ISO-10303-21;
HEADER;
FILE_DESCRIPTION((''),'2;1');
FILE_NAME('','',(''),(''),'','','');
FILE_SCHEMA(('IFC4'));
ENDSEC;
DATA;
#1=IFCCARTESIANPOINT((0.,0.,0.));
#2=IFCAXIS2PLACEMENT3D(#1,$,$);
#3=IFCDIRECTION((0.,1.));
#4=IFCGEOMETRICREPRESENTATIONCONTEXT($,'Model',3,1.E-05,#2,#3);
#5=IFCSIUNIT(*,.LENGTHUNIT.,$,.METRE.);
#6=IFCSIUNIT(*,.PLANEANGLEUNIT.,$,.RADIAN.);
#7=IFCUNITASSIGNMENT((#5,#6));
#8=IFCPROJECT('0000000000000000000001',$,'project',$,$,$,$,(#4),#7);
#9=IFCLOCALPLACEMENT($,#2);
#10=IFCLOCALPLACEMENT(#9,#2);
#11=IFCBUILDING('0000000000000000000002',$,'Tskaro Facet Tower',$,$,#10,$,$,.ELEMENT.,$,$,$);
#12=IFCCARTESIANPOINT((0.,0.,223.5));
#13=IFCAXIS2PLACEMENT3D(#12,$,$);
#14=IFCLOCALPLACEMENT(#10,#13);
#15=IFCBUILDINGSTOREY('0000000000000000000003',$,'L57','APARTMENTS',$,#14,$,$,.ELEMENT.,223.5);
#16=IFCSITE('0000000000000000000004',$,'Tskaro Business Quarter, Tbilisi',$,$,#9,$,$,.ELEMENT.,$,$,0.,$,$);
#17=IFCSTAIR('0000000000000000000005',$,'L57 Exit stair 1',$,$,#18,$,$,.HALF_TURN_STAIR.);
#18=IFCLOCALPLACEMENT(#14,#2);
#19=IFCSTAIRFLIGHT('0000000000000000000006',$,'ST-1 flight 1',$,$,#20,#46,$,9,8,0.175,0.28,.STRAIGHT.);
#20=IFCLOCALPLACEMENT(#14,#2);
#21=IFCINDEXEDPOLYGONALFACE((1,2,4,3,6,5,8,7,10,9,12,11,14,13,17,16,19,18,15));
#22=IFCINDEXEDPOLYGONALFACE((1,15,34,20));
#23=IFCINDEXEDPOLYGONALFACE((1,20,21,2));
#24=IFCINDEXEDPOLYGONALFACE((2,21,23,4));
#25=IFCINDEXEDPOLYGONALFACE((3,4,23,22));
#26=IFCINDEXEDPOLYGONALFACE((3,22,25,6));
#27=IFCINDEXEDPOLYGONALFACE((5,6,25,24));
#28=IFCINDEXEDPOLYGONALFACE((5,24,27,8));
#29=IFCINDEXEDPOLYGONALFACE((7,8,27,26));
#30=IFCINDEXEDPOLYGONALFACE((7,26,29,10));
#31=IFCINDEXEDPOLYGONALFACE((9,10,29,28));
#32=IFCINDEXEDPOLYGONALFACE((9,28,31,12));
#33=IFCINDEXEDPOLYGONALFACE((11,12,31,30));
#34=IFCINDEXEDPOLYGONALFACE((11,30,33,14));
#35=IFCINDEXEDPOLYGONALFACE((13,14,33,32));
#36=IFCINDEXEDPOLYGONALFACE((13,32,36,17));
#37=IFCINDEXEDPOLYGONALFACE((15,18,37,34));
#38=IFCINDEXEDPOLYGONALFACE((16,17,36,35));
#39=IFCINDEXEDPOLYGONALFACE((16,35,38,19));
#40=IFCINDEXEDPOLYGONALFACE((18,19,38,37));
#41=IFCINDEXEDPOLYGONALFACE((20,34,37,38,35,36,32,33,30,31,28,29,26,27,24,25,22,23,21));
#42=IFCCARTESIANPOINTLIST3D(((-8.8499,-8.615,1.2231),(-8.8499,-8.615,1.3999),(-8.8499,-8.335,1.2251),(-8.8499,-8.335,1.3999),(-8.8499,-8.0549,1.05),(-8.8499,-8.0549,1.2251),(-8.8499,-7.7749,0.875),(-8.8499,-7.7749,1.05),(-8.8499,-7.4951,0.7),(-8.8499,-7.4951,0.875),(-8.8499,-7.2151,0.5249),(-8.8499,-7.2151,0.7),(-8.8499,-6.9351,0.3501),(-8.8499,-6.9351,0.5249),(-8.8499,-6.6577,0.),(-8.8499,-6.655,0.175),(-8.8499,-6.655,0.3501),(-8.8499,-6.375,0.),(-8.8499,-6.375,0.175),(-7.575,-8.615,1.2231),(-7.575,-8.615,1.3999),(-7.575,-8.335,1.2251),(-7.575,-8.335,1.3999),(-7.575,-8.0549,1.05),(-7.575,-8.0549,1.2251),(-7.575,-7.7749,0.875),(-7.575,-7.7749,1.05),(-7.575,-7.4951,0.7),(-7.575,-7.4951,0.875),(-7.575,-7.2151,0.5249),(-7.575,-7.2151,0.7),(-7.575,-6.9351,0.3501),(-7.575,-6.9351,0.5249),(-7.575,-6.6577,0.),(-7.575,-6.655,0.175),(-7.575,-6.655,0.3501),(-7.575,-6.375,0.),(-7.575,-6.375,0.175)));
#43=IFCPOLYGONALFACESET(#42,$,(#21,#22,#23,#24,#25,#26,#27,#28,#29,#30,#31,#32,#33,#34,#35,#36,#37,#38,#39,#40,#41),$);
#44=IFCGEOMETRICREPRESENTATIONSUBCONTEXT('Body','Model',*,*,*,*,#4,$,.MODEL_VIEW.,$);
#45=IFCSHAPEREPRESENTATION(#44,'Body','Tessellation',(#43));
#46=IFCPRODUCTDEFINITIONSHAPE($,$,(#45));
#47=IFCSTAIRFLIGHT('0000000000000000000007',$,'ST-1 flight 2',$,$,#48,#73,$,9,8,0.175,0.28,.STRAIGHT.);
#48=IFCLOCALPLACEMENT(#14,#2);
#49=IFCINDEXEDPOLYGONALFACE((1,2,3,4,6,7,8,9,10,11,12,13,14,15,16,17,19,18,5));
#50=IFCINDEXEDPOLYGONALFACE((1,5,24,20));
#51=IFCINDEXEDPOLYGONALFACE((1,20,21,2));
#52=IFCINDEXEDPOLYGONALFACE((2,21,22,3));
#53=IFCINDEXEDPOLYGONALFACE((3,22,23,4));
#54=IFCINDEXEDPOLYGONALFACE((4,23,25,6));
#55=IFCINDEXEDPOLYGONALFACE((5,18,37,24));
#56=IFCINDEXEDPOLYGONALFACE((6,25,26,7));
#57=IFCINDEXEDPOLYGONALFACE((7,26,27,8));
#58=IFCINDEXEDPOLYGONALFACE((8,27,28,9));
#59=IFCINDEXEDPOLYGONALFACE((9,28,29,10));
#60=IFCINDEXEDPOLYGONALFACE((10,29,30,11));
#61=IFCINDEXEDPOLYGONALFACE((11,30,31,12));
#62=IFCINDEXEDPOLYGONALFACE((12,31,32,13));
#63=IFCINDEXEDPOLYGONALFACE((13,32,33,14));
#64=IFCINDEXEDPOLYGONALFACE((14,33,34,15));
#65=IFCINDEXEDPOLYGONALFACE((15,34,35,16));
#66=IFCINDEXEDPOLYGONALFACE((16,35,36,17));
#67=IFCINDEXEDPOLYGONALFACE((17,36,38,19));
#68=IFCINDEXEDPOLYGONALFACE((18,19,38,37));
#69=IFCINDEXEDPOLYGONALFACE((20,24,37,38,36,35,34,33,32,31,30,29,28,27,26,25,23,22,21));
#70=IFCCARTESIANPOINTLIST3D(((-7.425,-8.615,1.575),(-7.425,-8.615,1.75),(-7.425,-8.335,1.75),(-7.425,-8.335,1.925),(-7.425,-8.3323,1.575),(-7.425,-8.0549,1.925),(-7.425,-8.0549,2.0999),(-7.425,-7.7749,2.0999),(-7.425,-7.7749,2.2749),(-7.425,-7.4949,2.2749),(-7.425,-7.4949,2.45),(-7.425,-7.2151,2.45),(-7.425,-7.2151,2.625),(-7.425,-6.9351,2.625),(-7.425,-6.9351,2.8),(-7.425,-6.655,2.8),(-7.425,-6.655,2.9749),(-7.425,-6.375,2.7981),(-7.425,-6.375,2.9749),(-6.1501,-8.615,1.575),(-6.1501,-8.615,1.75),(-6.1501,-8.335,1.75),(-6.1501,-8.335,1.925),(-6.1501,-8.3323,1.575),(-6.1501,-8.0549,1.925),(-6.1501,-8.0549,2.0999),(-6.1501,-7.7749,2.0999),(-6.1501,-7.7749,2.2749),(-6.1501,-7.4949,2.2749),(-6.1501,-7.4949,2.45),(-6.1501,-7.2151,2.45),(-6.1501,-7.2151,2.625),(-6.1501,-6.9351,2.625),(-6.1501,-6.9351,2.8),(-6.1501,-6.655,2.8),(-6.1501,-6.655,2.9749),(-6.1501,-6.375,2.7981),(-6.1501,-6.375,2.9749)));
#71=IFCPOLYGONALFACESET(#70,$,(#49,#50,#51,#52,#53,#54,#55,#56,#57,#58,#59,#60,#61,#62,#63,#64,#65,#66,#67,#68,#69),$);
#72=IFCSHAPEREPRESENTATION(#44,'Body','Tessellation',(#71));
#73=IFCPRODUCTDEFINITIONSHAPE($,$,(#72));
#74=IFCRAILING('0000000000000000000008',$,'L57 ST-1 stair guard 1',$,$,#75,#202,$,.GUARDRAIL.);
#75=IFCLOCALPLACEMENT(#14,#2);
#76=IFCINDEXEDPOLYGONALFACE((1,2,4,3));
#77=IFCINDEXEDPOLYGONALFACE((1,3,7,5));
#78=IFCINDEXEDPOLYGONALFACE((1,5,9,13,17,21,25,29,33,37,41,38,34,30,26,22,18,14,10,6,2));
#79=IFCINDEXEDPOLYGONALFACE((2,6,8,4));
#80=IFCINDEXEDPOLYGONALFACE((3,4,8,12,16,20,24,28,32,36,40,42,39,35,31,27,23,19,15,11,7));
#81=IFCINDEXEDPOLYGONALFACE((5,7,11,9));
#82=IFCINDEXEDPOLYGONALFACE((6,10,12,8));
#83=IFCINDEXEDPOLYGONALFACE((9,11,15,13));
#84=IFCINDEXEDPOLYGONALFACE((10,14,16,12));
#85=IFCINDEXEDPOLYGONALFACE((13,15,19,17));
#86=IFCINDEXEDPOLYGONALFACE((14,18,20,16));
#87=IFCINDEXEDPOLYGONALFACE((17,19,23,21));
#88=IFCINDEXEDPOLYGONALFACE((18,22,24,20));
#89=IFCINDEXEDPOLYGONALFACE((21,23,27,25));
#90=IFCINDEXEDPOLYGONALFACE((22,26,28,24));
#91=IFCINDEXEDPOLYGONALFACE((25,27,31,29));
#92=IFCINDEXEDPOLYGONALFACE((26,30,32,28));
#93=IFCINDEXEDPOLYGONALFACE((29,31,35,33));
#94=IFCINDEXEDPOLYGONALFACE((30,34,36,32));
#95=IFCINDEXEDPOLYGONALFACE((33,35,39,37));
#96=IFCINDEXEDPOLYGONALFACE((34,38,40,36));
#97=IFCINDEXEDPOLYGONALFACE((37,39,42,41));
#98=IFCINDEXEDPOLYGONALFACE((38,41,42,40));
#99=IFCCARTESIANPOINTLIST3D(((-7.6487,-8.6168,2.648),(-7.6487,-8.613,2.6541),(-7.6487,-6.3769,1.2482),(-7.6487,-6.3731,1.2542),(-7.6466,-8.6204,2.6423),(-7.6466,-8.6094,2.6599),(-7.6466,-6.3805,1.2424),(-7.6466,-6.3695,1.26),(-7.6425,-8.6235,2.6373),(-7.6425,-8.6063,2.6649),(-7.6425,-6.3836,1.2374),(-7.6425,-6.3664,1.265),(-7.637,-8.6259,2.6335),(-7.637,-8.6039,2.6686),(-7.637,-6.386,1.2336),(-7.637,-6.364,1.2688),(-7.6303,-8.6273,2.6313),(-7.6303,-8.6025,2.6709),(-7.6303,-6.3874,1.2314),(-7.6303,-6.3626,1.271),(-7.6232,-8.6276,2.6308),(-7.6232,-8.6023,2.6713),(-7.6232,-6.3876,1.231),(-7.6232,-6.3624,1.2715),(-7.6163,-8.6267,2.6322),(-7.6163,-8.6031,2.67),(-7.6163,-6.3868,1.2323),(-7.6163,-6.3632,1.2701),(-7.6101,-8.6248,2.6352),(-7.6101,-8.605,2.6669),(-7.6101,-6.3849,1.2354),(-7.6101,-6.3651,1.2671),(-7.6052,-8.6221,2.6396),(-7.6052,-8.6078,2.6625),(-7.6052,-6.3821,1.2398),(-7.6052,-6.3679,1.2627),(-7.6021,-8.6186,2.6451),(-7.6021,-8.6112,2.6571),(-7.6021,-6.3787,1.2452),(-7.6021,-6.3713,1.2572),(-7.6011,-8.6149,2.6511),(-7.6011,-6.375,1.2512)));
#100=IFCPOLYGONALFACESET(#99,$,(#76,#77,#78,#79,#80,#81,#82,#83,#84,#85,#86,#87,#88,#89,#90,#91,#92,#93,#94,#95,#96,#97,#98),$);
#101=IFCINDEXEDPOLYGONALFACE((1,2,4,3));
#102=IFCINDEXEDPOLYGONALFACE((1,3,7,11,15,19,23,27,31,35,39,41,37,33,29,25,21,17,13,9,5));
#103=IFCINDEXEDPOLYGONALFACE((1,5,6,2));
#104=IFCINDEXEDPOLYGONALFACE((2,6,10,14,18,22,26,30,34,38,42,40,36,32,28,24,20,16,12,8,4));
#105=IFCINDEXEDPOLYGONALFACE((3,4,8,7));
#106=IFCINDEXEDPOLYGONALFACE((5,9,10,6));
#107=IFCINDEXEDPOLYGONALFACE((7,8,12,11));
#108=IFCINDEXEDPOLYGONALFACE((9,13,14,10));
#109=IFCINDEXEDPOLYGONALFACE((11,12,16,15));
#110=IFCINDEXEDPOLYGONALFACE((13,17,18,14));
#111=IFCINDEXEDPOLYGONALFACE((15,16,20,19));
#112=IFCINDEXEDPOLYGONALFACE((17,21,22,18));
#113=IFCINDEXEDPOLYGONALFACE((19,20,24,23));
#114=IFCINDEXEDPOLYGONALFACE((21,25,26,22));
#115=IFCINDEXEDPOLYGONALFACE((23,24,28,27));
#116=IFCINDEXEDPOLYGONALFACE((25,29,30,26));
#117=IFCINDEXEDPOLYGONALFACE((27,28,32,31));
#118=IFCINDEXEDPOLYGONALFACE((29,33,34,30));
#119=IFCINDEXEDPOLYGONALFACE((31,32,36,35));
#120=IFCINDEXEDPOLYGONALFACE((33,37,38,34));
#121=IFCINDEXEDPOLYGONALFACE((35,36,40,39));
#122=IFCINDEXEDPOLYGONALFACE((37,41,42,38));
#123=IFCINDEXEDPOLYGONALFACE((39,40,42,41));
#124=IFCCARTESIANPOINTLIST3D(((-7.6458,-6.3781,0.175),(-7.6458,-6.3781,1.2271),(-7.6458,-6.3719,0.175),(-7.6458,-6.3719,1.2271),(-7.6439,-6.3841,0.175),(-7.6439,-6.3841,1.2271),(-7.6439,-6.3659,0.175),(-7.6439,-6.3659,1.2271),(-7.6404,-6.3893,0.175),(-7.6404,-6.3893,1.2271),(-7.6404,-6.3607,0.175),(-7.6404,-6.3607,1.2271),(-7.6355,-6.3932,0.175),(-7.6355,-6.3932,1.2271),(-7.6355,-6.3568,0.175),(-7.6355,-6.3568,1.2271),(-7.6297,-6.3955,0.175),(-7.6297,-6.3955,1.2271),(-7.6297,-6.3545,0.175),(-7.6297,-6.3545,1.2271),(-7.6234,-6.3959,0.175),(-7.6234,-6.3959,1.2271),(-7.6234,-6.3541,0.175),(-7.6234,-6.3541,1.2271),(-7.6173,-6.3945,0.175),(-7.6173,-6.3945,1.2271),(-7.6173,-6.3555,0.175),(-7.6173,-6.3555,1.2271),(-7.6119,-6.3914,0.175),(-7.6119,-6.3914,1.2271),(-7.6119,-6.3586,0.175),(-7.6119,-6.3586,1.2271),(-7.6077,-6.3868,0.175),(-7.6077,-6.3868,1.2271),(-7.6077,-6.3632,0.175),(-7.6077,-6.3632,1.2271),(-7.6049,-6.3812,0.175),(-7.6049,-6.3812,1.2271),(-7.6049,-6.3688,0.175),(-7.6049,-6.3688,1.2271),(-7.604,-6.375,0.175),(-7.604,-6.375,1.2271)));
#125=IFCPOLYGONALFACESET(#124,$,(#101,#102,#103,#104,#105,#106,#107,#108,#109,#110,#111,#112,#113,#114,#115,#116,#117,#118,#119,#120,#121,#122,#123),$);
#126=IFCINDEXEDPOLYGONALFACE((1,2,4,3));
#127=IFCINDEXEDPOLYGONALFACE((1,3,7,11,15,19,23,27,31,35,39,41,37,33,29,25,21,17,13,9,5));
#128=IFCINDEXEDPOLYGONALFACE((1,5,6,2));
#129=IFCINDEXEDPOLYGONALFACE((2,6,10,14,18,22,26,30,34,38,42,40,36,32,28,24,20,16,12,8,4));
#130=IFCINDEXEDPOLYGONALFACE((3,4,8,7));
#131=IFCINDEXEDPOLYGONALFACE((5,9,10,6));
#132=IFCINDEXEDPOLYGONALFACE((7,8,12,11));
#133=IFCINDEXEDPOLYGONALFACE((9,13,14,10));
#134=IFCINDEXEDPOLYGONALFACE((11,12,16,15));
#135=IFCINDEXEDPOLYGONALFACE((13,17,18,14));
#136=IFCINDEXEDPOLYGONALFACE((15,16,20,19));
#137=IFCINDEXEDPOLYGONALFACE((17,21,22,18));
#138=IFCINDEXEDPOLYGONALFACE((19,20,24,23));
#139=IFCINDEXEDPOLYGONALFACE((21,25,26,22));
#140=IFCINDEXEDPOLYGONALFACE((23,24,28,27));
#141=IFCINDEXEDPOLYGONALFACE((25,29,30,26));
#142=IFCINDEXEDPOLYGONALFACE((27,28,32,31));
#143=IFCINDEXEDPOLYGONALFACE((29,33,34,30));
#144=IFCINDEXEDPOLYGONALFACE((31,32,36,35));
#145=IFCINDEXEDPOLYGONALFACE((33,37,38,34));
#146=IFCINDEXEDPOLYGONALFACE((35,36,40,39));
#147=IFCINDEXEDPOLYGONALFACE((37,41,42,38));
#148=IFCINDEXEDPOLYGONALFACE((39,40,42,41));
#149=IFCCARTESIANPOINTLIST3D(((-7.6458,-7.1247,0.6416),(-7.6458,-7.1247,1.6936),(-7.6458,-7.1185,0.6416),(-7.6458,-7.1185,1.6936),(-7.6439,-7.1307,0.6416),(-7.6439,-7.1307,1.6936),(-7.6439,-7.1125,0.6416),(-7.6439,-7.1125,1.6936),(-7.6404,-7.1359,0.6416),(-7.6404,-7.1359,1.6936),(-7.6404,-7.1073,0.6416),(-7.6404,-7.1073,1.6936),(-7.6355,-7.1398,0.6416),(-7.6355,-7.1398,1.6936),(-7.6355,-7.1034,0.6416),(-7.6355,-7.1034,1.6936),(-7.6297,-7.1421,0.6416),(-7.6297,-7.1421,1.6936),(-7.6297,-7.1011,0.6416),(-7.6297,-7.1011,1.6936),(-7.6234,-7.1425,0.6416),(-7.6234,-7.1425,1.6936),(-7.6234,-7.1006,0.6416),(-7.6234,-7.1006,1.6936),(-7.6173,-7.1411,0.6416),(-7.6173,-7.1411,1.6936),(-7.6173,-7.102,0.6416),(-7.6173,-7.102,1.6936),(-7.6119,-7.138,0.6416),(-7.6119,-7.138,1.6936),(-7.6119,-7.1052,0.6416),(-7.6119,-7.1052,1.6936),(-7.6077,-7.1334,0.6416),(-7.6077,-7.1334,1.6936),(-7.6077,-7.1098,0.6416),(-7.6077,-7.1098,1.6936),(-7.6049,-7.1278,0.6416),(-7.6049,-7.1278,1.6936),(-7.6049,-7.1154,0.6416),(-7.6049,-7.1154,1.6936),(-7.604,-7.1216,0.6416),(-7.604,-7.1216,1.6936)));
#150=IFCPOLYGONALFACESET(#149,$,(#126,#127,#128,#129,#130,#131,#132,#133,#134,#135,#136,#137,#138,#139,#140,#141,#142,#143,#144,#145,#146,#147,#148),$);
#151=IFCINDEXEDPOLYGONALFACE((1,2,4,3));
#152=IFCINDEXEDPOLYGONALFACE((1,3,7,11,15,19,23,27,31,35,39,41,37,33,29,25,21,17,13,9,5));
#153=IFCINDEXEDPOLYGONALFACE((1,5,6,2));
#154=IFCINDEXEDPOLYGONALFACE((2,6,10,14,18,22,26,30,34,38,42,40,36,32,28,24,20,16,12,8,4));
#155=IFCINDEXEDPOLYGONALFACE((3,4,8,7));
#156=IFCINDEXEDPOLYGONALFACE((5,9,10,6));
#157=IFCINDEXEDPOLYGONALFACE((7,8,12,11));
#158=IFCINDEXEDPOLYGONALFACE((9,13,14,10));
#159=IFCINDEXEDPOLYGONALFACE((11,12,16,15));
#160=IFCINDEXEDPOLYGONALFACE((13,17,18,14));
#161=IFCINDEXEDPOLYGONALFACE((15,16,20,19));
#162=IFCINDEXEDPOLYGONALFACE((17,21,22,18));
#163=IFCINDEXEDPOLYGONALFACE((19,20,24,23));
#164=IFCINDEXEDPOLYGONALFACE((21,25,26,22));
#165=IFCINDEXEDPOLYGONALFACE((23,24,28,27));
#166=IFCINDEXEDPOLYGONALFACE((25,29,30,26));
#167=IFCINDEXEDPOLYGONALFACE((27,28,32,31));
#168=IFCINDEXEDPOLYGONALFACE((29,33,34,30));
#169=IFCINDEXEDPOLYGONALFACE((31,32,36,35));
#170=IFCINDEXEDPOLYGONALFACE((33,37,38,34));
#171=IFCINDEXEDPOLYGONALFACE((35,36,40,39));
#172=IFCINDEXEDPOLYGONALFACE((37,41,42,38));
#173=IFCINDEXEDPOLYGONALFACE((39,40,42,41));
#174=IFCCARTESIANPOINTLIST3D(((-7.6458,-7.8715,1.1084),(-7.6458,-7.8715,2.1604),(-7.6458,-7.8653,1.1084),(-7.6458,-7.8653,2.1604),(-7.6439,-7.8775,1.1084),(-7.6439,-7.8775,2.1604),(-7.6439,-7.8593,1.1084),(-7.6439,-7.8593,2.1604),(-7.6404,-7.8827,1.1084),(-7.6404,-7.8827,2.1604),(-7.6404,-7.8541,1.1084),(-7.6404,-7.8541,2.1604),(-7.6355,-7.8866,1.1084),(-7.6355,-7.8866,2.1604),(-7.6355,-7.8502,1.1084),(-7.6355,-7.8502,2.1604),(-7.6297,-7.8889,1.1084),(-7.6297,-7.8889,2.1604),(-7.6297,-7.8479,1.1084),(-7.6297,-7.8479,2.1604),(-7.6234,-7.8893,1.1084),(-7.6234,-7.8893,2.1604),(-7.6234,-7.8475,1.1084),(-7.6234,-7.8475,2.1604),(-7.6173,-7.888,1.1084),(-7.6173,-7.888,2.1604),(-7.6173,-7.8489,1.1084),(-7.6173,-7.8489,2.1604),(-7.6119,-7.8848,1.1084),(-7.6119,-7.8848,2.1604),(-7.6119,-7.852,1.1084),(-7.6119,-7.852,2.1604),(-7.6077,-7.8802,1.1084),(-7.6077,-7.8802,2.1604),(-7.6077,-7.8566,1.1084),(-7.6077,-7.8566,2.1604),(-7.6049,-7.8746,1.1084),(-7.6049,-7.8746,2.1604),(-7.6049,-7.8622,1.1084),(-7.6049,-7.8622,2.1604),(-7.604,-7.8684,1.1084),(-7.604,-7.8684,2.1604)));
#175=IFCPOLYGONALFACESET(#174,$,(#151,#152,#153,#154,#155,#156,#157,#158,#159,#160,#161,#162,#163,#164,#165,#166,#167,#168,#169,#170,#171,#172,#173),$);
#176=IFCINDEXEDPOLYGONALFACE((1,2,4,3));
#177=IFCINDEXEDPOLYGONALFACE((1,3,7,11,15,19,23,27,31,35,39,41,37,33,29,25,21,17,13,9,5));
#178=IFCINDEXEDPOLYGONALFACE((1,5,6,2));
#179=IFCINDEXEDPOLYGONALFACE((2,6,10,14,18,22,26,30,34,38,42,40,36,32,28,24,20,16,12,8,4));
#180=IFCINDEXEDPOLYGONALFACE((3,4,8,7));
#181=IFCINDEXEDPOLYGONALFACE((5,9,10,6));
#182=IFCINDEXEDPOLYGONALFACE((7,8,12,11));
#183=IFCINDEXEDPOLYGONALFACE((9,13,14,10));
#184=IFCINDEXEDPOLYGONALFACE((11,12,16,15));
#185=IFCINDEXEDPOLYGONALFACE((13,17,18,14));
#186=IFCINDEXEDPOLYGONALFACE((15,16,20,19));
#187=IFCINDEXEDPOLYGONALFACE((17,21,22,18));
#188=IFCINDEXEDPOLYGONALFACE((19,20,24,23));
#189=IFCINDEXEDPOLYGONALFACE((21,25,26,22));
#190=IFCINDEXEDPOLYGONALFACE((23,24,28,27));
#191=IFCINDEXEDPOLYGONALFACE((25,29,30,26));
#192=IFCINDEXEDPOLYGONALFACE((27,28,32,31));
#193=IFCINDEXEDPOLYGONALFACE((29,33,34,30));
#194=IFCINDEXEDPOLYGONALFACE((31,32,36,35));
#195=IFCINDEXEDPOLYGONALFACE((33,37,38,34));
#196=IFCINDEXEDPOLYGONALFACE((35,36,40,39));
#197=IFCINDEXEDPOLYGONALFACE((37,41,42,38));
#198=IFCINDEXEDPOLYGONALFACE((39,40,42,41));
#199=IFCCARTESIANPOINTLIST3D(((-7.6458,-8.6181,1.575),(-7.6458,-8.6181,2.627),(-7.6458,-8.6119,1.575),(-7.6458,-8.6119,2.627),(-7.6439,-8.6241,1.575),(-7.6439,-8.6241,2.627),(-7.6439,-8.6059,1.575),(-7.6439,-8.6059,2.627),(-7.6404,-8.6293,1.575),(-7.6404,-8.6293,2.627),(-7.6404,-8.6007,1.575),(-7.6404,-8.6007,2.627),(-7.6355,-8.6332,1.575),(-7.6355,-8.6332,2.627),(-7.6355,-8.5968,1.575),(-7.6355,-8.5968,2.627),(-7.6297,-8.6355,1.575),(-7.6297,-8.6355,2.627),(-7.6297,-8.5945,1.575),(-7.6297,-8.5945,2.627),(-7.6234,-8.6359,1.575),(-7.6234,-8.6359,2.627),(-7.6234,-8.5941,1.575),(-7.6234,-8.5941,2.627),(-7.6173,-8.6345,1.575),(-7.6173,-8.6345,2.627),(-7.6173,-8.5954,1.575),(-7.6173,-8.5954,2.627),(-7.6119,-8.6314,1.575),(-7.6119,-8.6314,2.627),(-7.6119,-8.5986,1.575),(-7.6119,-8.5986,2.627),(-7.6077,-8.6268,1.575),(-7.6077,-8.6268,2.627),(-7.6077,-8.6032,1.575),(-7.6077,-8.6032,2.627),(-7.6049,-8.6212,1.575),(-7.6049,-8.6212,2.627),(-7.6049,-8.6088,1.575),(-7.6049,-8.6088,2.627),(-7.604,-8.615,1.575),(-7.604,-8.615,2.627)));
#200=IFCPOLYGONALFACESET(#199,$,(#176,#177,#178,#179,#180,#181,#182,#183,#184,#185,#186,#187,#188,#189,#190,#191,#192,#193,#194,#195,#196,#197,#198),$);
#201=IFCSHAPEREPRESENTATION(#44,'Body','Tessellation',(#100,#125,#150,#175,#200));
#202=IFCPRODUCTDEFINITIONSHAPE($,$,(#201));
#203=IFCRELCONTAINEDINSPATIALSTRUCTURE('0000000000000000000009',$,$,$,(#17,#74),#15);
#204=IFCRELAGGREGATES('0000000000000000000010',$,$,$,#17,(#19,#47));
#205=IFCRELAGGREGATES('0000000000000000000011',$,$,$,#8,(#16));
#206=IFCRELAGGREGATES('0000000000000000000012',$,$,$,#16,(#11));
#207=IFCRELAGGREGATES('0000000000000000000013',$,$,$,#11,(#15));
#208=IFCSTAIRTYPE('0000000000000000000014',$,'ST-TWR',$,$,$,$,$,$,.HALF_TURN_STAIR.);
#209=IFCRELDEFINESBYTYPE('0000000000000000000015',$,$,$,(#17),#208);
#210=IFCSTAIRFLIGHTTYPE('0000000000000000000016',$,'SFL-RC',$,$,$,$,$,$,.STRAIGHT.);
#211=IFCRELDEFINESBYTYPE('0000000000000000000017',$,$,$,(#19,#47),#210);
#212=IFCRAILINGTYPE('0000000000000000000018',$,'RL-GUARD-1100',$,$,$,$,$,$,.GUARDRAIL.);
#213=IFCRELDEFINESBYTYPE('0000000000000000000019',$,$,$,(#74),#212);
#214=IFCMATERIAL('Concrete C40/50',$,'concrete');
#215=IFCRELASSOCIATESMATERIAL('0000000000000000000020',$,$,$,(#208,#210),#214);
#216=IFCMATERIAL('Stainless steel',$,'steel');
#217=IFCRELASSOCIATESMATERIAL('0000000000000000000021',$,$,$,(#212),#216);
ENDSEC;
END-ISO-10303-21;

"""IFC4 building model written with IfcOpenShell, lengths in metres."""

from ifc_helpers import new_model, si_unit, direction, frame, origin, origin_2d, place, context, subcontext, project, spatial, polyline, circle, outline, extrude, material, type_object, element, aggregate, save


model = new_model("IFC4")

# Units and contexts
model_context = context("Model", 3, precision=1e-05, world=origin(), true_north=direction((0.0, 1.0)))
body_context = subcontext(model_context, "Body", "Model", "MODEL_VIEW")
ifc_project = project(units=[si_unit("LENGTHUNIT", "METRE"), si_unit("PLANEANGLEUNIT", "RADIAN")], contexts=[model_context])

# Site, building, storey
site_placement = place(None, origin())
site = spatial("IfcSite", under=ifc_project, at=site_placement, Name="Tskaro Business Quarter, Tbilisi", CompositionType="ELEMENT", RefElevation=0.0)
building_placement = place(site_placement, origin())
building = spatial("IfcBuilding", under=site, at=building_placement, Name="Tskaro Facet Tower", CompositionType="ELEMENT")
storey_placement = place(building_placement, frame((0.0, 0.0, 223.5)))
storey = spatial("IfcBuildingStorey", under=building, at=storey_placement, Name="L57", Description="APARTMENTS", CompositionType="ELEMENT", Elevation=223.5)

# Shared definitions
ifc_material_1 = material(Name="Stainless steel", Category="steel")

# Shared definitions
ifc_material_2 = material(Name="Concrete C40/50", Category="concrete")

# Stair, stair flights
stair_type = type_object("IfcStairType", Name="ST-TWR", PredefinedType="HALF_TURN_STAIR", material=ifc_material_2)
stair_placement = place(storey_placement, origin())
stair = element("IfcStair", 1, at=stair_placement, inside=storey, type_object=stair_type, Name="L57 Exit stair 1", PredefinedType="HALF_TURN_STAIR")
stair_flight_type = type_object("IfcStairFlightType", Name="SFL-RC", PredefinedType="STRAIGHT", material=ifc_material_2)
stair_flight_1_placement = place(storey_placement, frame((-8.2124, -6.375, 0.0), z_axis=(0.0, 0.0, 1.0), x_axis=(0.0, -1.0, 0.0)))
stair_flight_1 = element("IfcStairFlight", 2, at=stair_flight_1_placement, type_object=stair_flight_type, Name="ST-1 flight 1", NumberOfRisers=9, NumberOfTreads=8, PredefinedType="STRAIGHT", RiserHeight=0.175, TreadLength=0.28, context=body_context, shape_type="SweptSolid", body=[
    extrude(outline(polyline([(0.0, 0.0), (0.0, 0.175), (0.28, 0.175), (0.28, 0.3501), (0.5601, 0.3501), (0.5601, 0.5249), (0.8401, 0.5249), (0.8401, 0.7), (1.1201, 0.7), (1.1201, 0.875), (1.3999, 0.875), (1.3999, 1.05), (1.6799, 1.05), (1.6799, 1.2251), (1.96, 1.2251), (1.96, 1.3999), (2.24, 1.3999), (2.24, 1.575), (2.24, 1.2231), (0.2827, 0.0), (0.0, 0.0)])), frame((0.0, 0.6375, 0.0), z_axis=(0.0, -1.0, 0.0), x_axis=(1.0, 0.0, 0.0)), (0.0, 0.0, 1.0), 1.2749),
])
stair_flight_2_placement = place(storey_placement, frame((-6.7876, -8.615, 1.575), z_axis=(0.0, 0.0, 1.0), x_axis=(0.0, 1.0, 0.0)))
stair_flight_2 = element("IfcStairFlight", 3, at=stair_flight_2_placement, type_object=stair_flight_type, Name="ST-1 flight 2", NumberOfRisers=9, NumberOfTreads=8, PredefinedType="STRAIGHT", RiserHeight=0.175, TreadLength=0.28, context=body_context, shape_type="SweptSolid", body=[
    extrude(outline(polyline([(0.0, 0.0), (0.0, 0.175), (0.28, 0.175), (0.28, 0.3501), (0.5601, 0.3501), (0.5601, 0.5249), (0.8401, 0.5249), (0.8401, 0.7), (1.1201, 0.7), (1.1201, 0.875), (1.3999, 0.875), (1.3999, 1.05), (1.6799, 1.05), (1.6799, 1.2251), (1.96, 1.2251), (1.96, 1.3999), (2.24, 1.3999), (2.24, 1.575), (2.24, 1.2231), (0.2827, 0.0), (0.0, 0.0)])), frame((0.0, 0.6375, 0.0), z_axis=(0.0, -1.0, 0.0), x_axis=(1.0, 0.0, 0.0)), (0.0, 0.0, 1.0), 1.2749),
])
aggregate(stair, [stair_flight_1, stair_flight_2])

# Railing
railing_type_1 = type_object("IfcRailingType", Name="RL-GUARD-1100", PredefinedType="GUARDRAIL", material=ifc_material_1)
railing_1_placement = place(storey_placement, frame((-7.625, -6.375, 0.175)))
element("IfcRailing", 4, at=railing_1_placement, inside=storey, type_object=railing_type_1, Name="L57 ST-1 stair guard 1", PredefinedType="GUARDRAIL", context=body_context, shape_type="SweptSolid", body=[
    extrude(circle(Radius=0.0239, at=origin_2d()), frame((0.0, 0.0, 1.0762), z_axis=(0.0, -0.848014, 0.529974), x_axis=(1.0, 0.0, 0.0)), (0.0, 0.0, 1.0), 2.6414),
    extrude(circle(Radius=0.021, at=origin_2d()), origin(), (0.0, 0.0, 1.0), 1.052),
    extrude(circle(Radius=0.021, at=origin_2d()), frame((0.0, -0.7466, 0.4666)), (0.0, 0.0, 1.0), 1.052),
    extrude(circle(Radius=0.021, at=origin_2d()), frame((0.0, -1.4934, 0.9333)), (0.0, 0.0, 1.0), 1.052),
    extrude(circle(Radius=0.021, at=origin_2d()), frame((0.0, -2.24, 1.3999)), (0.0, 0.0, 1.0), 1.052),
])

save(model, "model.ifc")
